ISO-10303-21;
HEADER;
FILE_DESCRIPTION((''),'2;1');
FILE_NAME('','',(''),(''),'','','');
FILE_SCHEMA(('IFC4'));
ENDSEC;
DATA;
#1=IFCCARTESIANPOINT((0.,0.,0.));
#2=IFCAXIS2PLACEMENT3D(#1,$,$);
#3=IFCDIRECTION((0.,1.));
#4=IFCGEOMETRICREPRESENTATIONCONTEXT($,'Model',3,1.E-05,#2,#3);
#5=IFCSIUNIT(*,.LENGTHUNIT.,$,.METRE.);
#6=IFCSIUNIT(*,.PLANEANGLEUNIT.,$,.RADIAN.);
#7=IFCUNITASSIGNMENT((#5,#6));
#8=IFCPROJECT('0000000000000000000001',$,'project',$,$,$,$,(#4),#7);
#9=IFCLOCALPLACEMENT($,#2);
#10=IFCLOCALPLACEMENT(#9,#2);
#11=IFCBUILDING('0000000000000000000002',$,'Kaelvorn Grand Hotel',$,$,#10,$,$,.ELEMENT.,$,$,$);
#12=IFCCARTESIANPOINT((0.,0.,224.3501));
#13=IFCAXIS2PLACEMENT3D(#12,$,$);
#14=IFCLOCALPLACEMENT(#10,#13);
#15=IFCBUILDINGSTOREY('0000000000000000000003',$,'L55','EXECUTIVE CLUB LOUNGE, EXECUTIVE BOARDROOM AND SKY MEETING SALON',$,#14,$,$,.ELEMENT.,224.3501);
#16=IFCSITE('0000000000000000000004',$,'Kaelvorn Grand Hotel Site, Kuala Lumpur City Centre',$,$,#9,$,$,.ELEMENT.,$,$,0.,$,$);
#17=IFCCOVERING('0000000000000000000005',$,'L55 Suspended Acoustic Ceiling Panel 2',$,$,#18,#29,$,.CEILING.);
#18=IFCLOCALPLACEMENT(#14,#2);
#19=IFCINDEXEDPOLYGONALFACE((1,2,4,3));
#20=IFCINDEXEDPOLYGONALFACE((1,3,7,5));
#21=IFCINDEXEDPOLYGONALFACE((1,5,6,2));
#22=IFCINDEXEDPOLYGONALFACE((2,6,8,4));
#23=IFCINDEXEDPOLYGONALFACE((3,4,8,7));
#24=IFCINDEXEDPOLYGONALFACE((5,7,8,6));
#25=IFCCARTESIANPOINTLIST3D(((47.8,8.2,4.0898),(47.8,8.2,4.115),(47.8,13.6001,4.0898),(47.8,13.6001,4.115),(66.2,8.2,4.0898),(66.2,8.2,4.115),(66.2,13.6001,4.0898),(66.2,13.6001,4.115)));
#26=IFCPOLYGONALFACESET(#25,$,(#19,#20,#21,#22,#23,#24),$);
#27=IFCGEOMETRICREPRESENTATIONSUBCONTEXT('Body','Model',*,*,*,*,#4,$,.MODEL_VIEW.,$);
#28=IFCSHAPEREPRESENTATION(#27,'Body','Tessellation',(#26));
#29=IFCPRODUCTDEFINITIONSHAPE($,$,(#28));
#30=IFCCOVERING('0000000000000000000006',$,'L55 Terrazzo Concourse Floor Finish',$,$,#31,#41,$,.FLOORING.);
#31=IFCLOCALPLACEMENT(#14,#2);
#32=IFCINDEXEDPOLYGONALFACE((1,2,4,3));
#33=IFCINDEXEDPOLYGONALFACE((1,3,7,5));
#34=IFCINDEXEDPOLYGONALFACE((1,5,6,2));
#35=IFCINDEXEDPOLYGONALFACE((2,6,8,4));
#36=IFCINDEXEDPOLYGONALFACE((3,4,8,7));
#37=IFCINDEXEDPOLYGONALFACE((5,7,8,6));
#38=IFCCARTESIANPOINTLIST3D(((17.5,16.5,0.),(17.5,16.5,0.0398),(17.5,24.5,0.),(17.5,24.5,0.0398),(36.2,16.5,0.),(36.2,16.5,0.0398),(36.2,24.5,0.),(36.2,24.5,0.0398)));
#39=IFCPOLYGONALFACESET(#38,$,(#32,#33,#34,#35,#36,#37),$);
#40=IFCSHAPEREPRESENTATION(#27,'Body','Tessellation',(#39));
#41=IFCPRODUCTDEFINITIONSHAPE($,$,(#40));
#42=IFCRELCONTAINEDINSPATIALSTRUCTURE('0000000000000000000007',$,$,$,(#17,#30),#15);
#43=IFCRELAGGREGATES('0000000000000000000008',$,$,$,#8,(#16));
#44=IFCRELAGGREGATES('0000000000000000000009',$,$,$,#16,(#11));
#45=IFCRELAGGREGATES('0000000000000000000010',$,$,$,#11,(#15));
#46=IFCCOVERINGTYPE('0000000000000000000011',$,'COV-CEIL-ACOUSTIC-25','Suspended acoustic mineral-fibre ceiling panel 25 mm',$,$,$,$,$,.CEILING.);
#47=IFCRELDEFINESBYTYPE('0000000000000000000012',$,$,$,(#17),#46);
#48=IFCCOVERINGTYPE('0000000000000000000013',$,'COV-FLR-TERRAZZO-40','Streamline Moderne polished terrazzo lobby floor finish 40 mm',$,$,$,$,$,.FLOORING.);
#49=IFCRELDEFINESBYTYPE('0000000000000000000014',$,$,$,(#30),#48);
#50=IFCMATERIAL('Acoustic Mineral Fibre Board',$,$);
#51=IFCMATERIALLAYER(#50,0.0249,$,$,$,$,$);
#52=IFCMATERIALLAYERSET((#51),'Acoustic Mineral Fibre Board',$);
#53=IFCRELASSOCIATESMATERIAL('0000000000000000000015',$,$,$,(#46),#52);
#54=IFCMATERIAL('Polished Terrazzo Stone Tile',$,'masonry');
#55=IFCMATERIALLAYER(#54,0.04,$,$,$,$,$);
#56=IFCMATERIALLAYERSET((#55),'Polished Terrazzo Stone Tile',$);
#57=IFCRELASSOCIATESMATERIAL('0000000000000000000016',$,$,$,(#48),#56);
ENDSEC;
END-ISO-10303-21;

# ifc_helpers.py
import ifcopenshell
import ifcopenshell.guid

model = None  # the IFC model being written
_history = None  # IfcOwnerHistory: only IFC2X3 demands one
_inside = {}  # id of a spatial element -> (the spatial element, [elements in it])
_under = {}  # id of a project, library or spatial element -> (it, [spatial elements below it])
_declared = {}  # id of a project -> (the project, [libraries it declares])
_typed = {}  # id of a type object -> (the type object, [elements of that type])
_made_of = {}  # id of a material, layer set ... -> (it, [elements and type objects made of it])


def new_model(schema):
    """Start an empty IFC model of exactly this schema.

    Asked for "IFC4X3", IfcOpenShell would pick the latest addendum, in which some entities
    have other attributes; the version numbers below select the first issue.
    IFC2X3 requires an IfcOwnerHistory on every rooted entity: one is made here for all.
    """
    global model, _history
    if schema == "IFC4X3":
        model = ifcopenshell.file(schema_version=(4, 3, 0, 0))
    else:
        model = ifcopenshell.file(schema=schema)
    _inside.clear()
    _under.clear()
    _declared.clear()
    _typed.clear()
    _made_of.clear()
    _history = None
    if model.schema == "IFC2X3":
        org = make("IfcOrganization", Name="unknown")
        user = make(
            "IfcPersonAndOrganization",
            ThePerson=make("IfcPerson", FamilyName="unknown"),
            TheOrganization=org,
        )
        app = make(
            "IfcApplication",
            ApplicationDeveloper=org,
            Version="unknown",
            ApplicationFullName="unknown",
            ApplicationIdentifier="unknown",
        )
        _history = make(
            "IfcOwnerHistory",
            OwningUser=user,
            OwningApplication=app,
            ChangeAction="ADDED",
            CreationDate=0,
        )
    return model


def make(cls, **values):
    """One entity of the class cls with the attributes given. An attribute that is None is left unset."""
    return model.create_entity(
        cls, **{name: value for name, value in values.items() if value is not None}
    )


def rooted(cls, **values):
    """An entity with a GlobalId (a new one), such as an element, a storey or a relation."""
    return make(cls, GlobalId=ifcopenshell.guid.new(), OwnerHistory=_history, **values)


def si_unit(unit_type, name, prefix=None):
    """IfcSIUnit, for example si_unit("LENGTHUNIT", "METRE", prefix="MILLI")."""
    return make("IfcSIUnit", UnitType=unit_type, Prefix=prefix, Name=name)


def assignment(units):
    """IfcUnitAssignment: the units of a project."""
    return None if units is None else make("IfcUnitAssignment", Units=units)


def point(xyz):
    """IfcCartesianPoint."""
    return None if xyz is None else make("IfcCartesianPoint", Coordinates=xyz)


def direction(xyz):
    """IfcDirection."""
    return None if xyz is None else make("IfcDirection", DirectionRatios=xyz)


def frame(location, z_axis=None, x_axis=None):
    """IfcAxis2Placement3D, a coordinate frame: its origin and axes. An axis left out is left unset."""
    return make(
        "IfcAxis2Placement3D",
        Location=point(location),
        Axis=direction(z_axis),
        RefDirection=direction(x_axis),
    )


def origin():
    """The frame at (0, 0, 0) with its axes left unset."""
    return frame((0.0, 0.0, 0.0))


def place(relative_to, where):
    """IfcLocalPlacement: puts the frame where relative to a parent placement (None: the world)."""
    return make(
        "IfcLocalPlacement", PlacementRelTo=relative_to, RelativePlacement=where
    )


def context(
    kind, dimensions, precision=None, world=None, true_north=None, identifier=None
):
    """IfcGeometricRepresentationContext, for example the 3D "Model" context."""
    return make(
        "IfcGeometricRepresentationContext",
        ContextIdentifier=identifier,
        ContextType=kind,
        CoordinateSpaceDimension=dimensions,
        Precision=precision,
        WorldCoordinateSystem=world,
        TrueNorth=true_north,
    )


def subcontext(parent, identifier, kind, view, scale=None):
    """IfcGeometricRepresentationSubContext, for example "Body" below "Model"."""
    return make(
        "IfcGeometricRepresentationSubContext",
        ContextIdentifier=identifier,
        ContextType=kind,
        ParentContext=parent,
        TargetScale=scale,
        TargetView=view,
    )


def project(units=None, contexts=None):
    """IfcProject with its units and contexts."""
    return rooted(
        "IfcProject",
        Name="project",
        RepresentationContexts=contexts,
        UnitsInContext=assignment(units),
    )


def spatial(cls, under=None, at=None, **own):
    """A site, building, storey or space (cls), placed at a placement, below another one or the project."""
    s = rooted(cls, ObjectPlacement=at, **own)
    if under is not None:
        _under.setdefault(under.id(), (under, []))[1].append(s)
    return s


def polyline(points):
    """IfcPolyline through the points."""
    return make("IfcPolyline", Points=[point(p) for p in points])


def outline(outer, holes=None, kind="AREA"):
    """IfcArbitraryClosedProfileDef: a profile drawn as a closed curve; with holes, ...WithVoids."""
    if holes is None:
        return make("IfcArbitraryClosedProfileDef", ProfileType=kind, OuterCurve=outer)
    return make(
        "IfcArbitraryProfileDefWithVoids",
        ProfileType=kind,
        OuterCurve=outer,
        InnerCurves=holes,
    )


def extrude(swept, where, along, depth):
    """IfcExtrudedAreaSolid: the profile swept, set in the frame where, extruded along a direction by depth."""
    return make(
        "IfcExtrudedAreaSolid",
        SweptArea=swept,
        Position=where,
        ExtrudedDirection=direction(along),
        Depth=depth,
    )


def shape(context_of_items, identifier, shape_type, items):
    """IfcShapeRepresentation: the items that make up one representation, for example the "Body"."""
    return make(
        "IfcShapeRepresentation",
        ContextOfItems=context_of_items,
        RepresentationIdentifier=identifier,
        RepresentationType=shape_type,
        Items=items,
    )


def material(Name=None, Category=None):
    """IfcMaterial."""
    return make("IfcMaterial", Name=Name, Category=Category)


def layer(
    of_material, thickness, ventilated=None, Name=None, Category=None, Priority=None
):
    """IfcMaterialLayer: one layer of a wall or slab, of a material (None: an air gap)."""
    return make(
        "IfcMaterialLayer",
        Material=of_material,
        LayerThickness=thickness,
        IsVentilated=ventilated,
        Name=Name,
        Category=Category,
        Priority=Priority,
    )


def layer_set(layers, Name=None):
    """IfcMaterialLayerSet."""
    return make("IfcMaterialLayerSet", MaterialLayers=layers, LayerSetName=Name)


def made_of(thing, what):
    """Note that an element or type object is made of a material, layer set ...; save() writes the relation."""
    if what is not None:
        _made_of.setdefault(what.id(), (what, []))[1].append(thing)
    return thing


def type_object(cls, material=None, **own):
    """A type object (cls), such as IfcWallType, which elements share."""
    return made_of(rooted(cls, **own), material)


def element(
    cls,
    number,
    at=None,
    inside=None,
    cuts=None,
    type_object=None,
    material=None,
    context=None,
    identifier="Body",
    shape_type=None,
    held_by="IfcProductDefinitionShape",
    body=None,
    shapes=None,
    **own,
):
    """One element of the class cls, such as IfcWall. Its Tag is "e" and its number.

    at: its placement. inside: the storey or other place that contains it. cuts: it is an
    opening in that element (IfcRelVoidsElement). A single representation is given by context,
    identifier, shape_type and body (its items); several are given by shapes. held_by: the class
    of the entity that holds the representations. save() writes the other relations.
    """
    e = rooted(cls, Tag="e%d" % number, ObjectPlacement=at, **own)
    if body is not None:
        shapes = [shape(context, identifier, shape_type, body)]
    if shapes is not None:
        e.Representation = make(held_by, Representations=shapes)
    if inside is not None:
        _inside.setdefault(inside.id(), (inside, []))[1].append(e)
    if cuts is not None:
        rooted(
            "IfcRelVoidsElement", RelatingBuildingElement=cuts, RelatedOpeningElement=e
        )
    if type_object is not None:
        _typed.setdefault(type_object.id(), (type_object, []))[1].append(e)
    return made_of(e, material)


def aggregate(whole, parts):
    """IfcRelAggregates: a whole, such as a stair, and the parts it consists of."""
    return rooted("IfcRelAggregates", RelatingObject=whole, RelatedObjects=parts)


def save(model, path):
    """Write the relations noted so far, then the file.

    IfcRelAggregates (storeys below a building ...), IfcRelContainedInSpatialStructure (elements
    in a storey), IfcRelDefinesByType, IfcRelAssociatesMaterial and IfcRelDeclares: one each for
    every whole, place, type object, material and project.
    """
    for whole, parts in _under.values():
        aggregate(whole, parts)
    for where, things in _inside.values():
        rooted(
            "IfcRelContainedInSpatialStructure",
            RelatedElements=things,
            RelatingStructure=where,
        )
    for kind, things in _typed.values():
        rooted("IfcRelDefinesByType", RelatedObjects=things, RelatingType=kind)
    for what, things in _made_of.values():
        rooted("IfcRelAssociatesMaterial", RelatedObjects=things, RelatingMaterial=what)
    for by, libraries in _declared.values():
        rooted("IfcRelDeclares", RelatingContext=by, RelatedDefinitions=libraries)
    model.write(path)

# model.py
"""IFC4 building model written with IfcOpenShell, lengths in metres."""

from ifc_helpers import new_model, si_unit, direction, frame, origin, place, context, subcontext, project, spatial, polyline, outline, extrude, material, layer, layer_set, type_object, element, save


model = new_model("IFC4")

# Units and contexts
model_context = context("Model", 3, precision=1e-05, world=origin(), true_north=direction((0.0, 1.0)))
body_context = subcontext(model_context, "Body", "Model", "MODEL_VIEW")
ifc_project = project(units=[si_unit("LENGTHUNIT", "METRE"), si_unit("PLANEANGLEUNIT", "RADIAN")], contexts=[model_context])

# Site, building, storey
site_placement = place(None, origin())
site = spatial("IfcSite", under=ifc_project, at=site_placement, Name="Kaelvorn Grand Hotel Site, Kuala Lumpur City Centre", CompositionType="ELEMENT", RefElevation=0.0)
building_placement = place(site_placement, origin())
building = spatial("IfcBuilding", under=site, at=building_placement, Name="Kaelvorn Grand Hotel", CompositionType="ELEMENT")
storey_placement = place(building_placement, frame((0.0, 0.0, 224.3501)))
storey = spatial("IfcBuildingStorey", under=building, at=storey_placement, Name="L55", Description="EXECUTIVE CLUB LOUNGE, EXECUTIVE BOARDROOM AND SKY MEETING SALON", CompositionType="ELEMENT", Elevation=224.3501)

# Coverings
ifc_material_1 = material(Name="Acoustic Mineral Fibre Board")
ifc_layer_1 = layer(ifc_material_1, 0.0249)
ifc_layer_set_1 = layer_set([ifc_layer_1], Name="Acoustic Mineral Fibre Board")
covering_type_1 = type_object("IfcCoveringType", Name="COV-CEIL-ACOUSTIC-25", Description="Suspended acoustic mineral-fibre ceiling panel 25 mm", PredefinedType="CEILING", material=ifc_layer_set_1)
covering_1_placement = place(storey_placement, frame((0.0, 0.0, 4.0898)))
element("IfcCovering", 1, at=covering_1_placement, inside=storey, type_object=covering_type_1, Name="L55 Suspended Acoustic Ceiling Panel 2", PredefinedType="CEILING", context=body_context, shape_type="SweptSolid", body=[
    extrude(outline(polyline([(47.8, 8.2), (66.2, 8.2), (66.2, 13.6001), (47.8, 13.6001), (47.8, 8.2)])), origin(), (0.0, 0.0, 1.0), 0.0251),
])
ifc_material_2 = material(Name="Polished Terrazzo Stone Tile", Category="masonry")
ifc_layer_2 = layer(ifc_material_2, 0.04)
ifc_layer_set_2 = layer_set([ifc_layer_2], Name="Polished Terrazzo Stone Tile")
covering_type_2 = type_object("IfcCoveringType", Name="COV-FLR-TERRAZZO-40", Description="Streamline Moderne polished terrazzo lobby floor finish 40 mm", PredefinedType="FLOORING", material=ifc_layer_set_2)
covering_2_placement = place(storey_placement, origin())
element("IfcCovering", 2, at=covering_2_placement, inside=storey, type_object=covering_type_2, Name="L55 Terrazzo Concourse Floor Finish", PredefinedType="FLOORING", context=body_context, shape_type="SweptSolid", body=[
    extrude(outline(polyline([(17.5, 16.5), (36.2, 16.5), (36.2, 24.5), (17.5, 24.5), (17.5, 16.5)])), origin(), (0.0, 0.0, 1.0), 0.0398),
])

save(model, "model.ifc")
